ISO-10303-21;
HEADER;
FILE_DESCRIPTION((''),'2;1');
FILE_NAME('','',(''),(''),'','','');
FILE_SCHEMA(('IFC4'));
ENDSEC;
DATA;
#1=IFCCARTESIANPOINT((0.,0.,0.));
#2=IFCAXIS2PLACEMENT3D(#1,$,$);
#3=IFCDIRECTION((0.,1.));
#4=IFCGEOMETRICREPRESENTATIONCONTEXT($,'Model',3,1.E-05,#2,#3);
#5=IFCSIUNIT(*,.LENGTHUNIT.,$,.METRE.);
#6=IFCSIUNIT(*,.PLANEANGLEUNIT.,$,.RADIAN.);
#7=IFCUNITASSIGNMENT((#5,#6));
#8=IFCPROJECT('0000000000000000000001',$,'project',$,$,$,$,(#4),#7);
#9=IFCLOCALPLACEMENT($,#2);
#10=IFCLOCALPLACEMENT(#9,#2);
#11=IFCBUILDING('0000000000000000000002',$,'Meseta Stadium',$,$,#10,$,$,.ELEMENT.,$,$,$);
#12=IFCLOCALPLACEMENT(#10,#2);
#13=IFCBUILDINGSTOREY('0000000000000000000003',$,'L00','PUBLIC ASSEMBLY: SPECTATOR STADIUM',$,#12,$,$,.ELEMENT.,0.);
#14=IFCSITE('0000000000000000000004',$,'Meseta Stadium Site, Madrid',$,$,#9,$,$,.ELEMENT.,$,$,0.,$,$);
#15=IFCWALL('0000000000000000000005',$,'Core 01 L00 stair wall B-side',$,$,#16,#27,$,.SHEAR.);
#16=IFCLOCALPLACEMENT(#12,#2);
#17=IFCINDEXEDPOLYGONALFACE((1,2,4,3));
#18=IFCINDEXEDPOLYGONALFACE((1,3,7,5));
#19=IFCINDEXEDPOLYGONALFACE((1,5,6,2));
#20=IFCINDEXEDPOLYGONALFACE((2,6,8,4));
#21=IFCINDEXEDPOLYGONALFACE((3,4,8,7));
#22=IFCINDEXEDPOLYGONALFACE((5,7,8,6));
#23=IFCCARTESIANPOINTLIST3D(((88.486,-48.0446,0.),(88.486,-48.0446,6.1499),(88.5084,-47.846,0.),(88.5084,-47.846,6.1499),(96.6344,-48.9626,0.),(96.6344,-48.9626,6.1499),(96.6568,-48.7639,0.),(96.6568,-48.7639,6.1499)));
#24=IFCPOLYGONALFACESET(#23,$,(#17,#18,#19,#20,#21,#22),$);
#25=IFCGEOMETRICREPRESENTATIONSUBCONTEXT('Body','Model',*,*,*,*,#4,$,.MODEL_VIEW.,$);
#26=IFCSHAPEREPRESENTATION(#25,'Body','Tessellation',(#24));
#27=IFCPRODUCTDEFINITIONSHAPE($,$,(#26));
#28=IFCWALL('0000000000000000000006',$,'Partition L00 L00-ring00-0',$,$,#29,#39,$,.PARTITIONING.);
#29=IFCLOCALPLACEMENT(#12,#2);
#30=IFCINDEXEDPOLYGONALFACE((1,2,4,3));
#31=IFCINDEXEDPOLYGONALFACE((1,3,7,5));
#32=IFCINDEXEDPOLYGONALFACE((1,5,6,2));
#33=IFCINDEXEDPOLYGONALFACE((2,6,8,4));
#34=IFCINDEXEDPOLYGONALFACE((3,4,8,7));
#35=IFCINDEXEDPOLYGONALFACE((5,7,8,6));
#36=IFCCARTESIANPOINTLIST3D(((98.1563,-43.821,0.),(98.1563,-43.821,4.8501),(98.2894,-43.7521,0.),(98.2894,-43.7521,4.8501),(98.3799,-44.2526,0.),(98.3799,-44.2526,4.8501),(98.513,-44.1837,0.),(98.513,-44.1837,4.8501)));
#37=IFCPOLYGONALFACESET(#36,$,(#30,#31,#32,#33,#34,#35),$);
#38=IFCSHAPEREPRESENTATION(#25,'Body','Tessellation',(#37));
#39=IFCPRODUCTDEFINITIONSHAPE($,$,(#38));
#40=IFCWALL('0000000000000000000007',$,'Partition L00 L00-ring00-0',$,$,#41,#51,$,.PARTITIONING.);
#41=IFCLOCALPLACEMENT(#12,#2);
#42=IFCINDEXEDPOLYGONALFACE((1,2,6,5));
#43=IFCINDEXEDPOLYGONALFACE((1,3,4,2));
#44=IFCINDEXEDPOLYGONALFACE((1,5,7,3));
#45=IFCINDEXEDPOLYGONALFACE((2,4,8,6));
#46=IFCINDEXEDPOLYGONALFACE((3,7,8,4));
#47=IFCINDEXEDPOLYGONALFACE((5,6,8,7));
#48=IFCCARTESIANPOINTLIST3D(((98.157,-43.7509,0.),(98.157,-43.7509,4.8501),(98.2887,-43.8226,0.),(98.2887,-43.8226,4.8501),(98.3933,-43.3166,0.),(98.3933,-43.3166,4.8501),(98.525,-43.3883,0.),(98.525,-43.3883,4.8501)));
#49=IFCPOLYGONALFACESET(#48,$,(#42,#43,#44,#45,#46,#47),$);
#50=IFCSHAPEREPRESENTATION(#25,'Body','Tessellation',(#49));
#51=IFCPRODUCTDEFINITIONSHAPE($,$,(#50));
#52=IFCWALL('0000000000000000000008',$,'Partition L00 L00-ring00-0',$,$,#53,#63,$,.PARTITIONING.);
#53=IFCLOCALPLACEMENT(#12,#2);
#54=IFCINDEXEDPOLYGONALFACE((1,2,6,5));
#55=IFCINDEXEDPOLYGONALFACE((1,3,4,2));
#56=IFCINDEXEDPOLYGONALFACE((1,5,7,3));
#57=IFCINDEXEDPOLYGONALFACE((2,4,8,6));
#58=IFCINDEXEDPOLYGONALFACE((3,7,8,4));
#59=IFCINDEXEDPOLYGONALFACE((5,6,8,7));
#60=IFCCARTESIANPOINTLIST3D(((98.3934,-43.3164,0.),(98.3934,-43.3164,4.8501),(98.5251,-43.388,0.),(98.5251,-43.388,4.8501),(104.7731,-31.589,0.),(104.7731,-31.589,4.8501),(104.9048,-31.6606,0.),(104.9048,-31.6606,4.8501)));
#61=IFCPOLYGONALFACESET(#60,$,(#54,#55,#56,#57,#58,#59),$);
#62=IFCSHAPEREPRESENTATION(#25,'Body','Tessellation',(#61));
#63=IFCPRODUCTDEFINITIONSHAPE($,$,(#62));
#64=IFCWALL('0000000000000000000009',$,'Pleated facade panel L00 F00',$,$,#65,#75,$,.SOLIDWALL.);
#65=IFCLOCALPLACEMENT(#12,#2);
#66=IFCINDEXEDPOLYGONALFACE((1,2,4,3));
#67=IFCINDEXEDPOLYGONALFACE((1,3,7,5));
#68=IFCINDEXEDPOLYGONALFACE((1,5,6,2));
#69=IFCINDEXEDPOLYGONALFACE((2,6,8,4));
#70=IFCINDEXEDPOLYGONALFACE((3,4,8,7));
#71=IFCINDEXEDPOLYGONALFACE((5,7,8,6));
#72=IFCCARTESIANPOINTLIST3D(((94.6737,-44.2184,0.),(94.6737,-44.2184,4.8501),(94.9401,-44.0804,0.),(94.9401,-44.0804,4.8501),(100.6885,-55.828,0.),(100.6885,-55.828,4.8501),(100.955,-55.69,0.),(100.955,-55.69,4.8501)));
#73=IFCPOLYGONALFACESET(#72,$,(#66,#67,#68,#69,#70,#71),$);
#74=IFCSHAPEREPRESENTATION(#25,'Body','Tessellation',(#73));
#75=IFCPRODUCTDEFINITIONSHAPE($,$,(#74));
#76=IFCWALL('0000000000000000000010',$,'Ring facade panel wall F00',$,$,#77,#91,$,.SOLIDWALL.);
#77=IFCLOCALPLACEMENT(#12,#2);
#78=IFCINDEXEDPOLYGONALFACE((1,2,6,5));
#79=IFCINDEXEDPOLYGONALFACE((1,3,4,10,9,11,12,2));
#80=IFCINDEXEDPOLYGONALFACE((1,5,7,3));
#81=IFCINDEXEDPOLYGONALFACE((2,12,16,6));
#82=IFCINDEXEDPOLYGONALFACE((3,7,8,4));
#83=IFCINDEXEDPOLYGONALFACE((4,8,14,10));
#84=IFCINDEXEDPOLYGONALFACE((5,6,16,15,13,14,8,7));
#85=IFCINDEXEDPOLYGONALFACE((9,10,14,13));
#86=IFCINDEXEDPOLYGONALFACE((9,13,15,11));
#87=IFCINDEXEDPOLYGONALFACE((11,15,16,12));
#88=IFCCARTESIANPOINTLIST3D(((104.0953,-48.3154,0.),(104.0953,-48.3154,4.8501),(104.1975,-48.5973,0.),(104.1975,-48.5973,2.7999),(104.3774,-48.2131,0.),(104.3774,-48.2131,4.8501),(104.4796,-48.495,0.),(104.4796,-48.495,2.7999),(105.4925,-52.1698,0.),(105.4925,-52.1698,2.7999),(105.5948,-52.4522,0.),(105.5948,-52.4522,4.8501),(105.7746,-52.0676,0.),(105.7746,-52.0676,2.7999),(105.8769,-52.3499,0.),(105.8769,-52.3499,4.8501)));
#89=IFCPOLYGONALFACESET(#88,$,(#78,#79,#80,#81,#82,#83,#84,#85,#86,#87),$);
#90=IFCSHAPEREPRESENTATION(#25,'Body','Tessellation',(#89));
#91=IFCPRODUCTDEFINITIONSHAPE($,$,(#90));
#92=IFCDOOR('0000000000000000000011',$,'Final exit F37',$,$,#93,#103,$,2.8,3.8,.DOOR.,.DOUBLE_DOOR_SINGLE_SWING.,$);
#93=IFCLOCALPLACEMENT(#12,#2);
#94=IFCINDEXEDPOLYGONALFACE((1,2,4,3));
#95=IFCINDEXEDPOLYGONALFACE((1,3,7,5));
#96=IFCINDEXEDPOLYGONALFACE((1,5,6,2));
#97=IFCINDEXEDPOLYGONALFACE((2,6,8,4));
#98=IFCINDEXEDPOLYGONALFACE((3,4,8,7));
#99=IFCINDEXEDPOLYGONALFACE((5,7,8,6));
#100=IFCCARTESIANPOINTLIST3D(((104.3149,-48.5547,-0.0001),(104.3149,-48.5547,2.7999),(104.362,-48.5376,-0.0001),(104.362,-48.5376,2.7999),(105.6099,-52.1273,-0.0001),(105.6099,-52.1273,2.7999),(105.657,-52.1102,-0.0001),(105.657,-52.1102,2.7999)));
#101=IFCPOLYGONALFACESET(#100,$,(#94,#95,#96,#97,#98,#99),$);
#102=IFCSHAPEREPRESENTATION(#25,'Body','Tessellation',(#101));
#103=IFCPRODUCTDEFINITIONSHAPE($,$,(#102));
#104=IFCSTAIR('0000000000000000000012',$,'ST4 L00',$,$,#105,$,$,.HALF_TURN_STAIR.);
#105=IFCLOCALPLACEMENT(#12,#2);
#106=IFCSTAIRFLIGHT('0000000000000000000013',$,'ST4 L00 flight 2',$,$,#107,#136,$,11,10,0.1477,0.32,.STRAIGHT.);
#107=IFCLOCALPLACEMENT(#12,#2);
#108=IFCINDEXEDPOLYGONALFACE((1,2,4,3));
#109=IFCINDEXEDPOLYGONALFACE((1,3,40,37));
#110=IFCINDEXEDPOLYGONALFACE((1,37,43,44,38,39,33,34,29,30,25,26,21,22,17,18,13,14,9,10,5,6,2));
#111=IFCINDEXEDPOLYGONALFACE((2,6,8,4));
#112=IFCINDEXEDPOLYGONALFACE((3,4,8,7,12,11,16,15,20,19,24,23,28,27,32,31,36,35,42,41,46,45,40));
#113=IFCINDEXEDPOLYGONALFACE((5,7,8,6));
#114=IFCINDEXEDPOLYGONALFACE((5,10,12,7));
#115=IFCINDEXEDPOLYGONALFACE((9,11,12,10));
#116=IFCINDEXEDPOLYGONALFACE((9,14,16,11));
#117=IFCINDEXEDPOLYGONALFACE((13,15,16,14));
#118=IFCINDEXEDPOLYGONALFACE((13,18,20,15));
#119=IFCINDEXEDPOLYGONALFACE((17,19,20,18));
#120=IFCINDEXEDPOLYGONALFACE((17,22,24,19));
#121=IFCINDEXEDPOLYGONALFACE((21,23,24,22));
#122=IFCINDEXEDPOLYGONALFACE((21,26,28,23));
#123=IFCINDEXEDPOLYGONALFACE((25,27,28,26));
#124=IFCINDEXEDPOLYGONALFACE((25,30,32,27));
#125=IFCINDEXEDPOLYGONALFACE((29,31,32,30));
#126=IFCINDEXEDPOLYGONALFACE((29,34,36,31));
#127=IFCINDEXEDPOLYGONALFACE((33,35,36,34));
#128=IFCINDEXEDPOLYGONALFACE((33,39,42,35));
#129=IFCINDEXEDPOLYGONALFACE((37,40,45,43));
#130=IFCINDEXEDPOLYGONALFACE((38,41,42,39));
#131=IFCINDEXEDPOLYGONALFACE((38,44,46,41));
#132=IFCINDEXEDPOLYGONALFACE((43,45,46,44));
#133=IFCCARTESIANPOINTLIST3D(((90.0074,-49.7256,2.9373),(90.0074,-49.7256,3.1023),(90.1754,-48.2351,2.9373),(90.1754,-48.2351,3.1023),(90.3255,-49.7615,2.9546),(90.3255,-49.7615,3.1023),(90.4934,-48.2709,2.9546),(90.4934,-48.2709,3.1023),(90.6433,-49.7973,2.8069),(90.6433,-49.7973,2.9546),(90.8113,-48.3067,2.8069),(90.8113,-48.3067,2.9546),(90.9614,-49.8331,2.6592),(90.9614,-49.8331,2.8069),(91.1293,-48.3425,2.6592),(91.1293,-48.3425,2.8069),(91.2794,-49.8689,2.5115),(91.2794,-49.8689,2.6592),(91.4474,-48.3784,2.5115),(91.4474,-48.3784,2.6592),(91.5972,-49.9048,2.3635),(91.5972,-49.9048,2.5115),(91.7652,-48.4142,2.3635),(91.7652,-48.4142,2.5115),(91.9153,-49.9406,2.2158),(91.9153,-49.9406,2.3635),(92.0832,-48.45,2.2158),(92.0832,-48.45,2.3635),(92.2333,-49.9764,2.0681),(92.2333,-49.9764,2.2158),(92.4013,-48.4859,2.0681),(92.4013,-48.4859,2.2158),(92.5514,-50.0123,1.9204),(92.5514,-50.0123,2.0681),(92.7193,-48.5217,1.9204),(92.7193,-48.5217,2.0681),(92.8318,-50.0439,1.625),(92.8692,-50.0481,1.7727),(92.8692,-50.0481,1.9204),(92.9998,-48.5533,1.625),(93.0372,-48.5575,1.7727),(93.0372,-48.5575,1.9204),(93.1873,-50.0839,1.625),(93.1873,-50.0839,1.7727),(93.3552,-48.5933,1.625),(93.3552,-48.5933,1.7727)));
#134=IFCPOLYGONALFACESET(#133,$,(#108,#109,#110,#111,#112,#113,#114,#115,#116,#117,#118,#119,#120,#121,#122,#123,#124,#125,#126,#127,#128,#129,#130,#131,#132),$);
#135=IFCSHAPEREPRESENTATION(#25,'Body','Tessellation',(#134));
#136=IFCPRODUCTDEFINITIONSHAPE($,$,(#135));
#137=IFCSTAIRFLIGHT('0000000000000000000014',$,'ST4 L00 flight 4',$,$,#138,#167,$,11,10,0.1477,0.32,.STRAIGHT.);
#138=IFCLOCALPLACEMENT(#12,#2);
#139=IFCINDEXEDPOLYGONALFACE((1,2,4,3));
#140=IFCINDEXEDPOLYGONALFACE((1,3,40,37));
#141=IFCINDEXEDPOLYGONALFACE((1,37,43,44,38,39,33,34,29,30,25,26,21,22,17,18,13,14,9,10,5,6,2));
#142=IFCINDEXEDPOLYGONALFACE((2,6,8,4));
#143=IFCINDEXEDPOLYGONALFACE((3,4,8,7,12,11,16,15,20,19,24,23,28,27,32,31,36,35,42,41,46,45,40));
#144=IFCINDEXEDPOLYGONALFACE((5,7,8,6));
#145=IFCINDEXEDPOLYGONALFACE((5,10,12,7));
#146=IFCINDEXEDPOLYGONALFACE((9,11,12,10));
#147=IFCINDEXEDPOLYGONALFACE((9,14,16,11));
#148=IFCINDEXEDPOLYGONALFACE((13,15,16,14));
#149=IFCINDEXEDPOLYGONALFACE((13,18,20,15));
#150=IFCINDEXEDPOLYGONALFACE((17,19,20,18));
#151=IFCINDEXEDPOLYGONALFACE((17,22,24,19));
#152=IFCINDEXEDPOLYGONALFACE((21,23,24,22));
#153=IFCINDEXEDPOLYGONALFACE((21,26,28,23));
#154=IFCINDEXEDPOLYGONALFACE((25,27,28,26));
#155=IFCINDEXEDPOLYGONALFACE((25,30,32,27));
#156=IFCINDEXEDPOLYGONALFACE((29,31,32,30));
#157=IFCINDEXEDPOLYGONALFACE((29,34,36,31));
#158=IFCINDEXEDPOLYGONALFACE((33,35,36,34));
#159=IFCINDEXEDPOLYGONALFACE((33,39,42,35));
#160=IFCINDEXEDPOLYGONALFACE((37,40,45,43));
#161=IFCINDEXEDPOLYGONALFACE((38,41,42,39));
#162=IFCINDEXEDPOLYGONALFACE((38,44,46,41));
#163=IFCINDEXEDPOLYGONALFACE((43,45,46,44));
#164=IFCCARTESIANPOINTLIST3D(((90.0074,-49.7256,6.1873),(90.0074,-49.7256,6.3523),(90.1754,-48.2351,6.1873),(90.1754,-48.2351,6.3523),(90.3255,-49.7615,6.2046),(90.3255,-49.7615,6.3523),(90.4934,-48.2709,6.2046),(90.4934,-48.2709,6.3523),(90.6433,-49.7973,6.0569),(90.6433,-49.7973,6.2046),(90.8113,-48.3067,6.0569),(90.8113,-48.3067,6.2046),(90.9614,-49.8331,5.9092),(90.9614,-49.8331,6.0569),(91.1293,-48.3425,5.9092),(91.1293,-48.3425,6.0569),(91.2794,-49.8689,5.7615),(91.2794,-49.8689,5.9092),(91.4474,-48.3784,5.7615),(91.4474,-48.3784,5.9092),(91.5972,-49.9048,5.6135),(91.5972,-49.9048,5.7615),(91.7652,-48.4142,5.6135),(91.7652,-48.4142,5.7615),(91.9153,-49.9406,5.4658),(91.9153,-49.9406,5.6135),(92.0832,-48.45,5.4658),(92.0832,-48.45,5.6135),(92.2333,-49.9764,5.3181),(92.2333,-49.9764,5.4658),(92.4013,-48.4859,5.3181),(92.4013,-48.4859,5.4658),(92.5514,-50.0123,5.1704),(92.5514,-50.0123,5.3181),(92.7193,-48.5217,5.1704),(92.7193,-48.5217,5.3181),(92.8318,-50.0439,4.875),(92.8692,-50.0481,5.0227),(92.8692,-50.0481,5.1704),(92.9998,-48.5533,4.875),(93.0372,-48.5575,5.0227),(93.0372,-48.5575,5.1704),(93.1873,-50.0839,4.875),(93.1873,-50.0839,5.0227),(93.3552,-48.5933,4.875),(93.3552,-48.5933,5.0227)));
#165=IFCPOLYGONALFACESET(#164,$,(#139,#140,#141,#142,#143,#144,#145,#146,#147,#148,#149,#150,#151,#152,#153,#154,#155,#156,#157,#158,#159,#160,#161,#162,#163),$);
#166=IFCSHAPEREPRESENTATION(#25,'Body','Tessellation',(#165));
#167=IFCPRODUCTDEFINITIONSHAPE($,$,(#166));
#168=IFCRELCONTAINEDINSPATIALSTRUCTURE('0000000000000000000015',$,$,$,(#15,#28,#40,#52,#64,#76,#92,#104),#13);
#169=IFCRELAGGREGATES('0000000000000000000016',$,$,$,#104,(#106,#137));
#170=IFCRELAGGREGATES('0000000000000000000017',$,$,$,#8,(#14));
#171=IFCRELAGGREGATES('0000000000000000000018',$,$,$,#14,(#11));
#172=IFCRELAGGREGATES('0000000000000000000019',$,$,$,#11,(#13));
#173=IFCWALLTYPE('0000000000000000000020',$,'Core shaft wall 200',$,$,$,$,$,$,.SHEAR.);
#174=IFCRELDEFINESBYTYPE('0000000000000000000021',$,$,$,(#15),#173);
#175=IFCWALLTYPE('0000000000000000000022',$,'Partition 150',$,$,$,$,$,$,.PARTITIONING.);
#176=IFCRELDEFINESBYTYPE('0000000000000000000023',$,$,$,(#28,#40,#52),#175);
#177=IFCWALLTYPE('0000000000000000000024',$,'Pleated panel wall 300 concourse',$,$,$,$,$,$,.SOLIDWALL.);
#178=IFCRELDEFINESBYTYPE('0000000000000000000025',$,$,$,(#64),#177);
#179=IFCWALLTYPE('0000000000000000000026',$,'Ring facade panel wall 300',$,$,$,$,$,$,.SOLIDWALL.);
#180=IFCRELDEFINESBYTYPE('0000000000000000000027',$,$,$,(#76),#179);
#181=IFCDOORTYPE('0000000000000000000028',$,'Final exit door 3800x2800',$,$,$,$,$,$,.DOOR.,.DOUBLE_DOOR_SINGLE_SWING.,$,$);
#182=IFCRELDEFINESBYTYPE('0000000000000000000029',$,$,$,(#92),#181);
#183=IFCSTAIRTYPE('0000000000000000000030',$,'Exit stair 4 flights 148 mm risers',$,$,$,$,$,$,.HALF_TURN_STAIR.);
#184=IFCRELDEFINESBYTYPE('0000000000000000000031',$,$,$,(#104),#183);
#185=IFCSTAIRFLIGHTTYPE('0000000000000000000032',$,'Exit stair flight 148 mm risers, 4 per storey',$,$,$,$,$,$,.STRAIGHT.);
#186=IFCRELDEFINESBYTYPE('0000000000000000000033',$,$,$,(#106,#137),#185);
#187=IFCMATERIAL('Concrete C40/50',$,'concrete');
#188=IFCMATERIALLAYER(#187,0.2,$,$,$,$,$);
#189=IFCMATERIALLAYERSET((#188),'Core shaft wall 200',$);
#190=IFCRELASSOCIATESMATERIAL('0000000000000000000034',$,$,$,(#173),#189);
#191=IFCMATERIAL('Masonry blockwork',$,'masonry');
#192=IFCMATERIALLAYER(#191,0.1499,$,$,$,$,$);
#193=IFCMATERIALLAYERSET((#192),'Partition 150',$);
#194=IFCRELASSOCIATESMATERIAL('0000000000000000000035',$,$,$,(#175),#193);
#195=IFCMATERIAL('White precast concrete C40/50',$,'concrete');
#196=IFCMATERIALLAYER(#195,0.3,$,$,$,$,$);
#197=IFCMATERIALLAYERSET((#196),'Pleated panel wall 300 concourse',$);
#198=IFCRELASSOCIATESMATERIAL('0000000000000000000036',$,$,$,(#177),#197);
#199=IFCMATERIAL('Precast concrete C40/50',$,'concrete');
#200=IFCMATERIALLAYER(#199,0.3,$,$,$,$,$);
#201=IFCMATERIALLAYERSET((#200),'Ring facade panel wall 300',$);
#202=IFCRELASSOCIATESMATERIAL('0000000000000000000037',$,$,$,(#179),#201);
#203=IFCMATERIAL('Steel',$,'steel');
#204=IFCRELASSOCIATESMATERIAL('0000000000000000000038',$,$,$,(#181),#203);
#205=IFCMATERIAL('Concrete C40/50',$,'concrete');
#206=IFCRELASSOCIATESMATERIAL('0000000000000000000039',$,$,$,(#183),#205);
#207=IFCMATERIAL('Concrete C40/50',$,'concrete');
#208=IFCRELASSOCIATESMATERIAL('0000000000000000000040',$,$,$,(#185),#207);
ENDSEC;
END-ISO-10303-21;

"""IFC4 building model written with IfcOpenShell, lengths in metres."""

from ifc_helpers import new_model, si_unit, direction, frame, frame_2d, origin, place, context, subcontext, project, spatial, polyline, rectangle, outline, extrude, material, layer, layer_set, type_object, element, fill, aggregate, save


model = new_model("IFC4")

# Units and contexts
model_context = context("Model", 3, precision=1e-05, world=origin(), true_north=direction((0.0, 1.0)))
body_context = subcontext(model_context, "Body", "Model", "MODEL_VIEW")
ifc_project = project(units=[si_unit("LENGTHUNIT", "METRE"), si_unit("PLANEANGLEUNIT", "RADIAN")], contexts=[model_context])

# Site, building, storey
site_placement = place(None, origin())
site = spatial("IfcSite", under=ifc_project, at=site_placement, Name="Meseta Stadium Site, Madrid", CompositionType="ELEMENT", RefElevation=0.0)
building_placement = place(site_placement, origin())
building = spatial("IfcBuilding", under=site, at=building_placement, Name="Meseta Stadium", CompositionType="ELEMENT")
storey_placement = place(building_placement, origin())
storey = spatial("IfcBuildingStorey", under=building, at=storey_placement, Name="L00", Description="PUBLIC ASSEMBLY: SPECTATOR STADIUM", CompositionType="ELEMENT", Elevation=0.0)

# Walls
ifc_material_1 = material(Name="Concrete C40/50", Category="concrete")
ifc_layer_1 = layer(ifc_material_1, 0.2)
ifc_layer_set_1 = layer_set([ifc_layer_1], Name="Core shaft wall 200")
wall_type_1 = type_object("IfcWallType", Name="Core shaft wall 200", PredefinedType="SHEAR", material=ifc_layer_set_1)
wall_1_placement = place(storey_placement, frame((96.6458, -48.8633, 0.0), z_axis=(0.0, 0.0, 1.0), x_axis=(-0.993714, 0.111948, 0.0)))
element("IfcWall", 1, at=wall_1_placement, inside=storey, type_object=wall_type_1, Name="Core 01 L00 stair wall B-side", PredefinedType="SHEAR", context=body_context, shape_type="SweptSolid", body=[
    extrude(rectangle(XDim=8.2, YDim=0.2, at=frame_2d((4.1001, 0.0))), origin(), (0.0, 0.0, 1.0), 6.1499),
])
ifc_material_2 = material(Name="Masonry blockwork", Category="masonry")
ifc_layer_2 = layer(ifc_material_2, 0.1499)
ifc_layer_set_2 = layer_set([ifc_layer_2], Name="Partition 150")
wall_type_2 = type_object("IfcWallType", Name="Partition 150", PredefinedType="PARTITIONING", material=ifc_layer_set_2)
wall_2_placement = place(storey_placement, frame((98.4465, -44.2183, 0.0), z_axis=(0.0, 0.0, 1.0), x_axis=(-0.460024, 0.887907, 0.0)))
element("IfcWall", 2, at=wall_2_placement, inside=storey, type_object=wall_type_2, Name="Partition L00 L00-ring00-0", PredefinedType="PARTITIONING", context=body_context, shape_type="SweptSolid", body=[
    extrude(rectangle(XDim=0.4861, YDim=0.1499, at=frame_2d((0.2432, 0.0))), origin(), (0.0, 0.0, 1.0), 4.8501),
])
wall_3_placement = place(storey_placement, frame((98.2229, -43.7866, 0.0), z_axis=(0.0, 0.0, 1.0), x_axis=(0.477952, 0.878386, 0.0)))
element("IfcWall", 3, at=wall_3_placement, inside=storey, type_object=wall_type_2, Name="Partition L00 L00-ring00-0", PredefinedType="PARTITIONING", context=body_context, shape_type="SweptSolid", body=[
    extrude(rectangle(XDim=0.4944, YDim=0.1499, at=frame_2d((0.2471, 0.0))), origin(), (0.0, 0.0, 1.0), 4.8501),
])
wall_4_placement = place(storey_placement, frame((98.4592, -43.3523, 0.0), z_axis=(0.0, 0.0, 1.0), x_axis=(0.477867, 0.878432, 0.0)))
element("IfcWall", 4, at=wall_4_placement, inside=storey, type_object=wall_type_2, Name="Partition L00 L00-ring00-0", PredefinedType="PARTITIONING", context=body_context, shape_type="SweptSolid", body=[
    extrude(rectangle(XDim=13.3503, YDim=0.1499, at=frame_2d((6.6753, 0.0))), origin(), (0.0, 0.0, 1.0), 4.8501),
])
ifc_material_3 = material(Name="White precast concrete C40/50", Category="concrete")
ifc_layer_3 = layer(ifc_material_3, 0.3)
ifc_layer_set_3 = layer_set([ifc_layer_3], Name="Pleated panel wall 300 concourse")
wall_type_3 = type_object("IfcWallType", Name="Pleated panel wall 300 concourse", PredefinedType="SOLIDWALL", material=ifc_layer_set_3)
wall_5_placement = place(storey_placement, frame((94.8069, -44.1494, 0.0), z_axis=(0.0, 0.0, 1.0), x_axis=(0.460021, -0.887908, 0.0)))
element("IfcWall", 5, at=wall_5_placement, inside=storey, type_object=wall_type_3, Name="Pleated facade panel L00 F00", PredefinedType="SOLIDWALL", context=body_context, shape_type="SweptSolid", body=[
    extrude(rectangle(XDim=13.0752, YDim=0.3, at=frame_2d((6.5376, 0.0))), origin(), (0.0, 0.0, 1.0), 4.8501),
])

# Wall, opening, door
ifc_material_4 = material(Name="Precast concrete C40/50", Category="concrete")
ifc_layer_4 = layer(ifc_material_4, 0.3)
ifc_layer_set_4 = layer_set([ifc_layer_4], Name="Ring facade panel wall 300")
wall_type_4 = type_object("IfcWallType", Name="Ring facade panel wall 300", PredefinedType="SOLIDWALL", material=ifc_layer_set_4)
wall_6_placement = place(storey_placement, frame((104.2363, -48.2642, 0.0), z_axis=(0.0, 0.0, 1.0), x_axis=(0.34079, -0.94014, 0.0)))
wall_6 = element("IfcWall", 6, at=wall_6_placement, inside=storey, type_object=wall_type_4, Name="Ring facade panel wall F00", PredefinedType="SOLIDWALL", context=body_context, shape_type="SweptSolid", body=[
    extrude(rectangle(XDim=4.4001, YDim=0.3, at=frame_2d((2.2002, 0.0))), origin(), (0.0, 0.0, 1.0), 4.8501),
])
opening_placement = place(wall_6_placement, frame((0.3, 0.0, 0.0)))
opening = element("IfcOpeningElement", 7, at=opening_placement, cuts=wall_6, PredefinedType="OPENING", context=body_context, shape_type="SweptSolid", body=[
    extrude(rectangle(XDim=3.8, YDim=2.8, at=frame_2d((1.8999, 1.3999))), frame((0.0, 0.1599, 0.0), z_axis=(0.0, -1.0, 0.0), x_axis=(1.0, 0.0, 0.0)), (0.0, 0.0, 1.0), 0.3201),
])
ifc_material_5 = material(Name="Steel", Category="steel")
door_type = type_object("IfcDoorType", Name="Final exit door 3800x2800", OperationType="DOUBLE_DOOR_SINGLE_SWING", PredefinedType="DOOR", material=ifc_material_5)
door_placement = place(opening_placement, origin())
door = element("IfcDoor", 8, at=door_placement, inside=storey, type_object=door_type, Name="Final exit F37", OperationType="DOUBLE_DOOR_SINGLE_SWING", OverallHeight=2.8, OverallWidth=3.8, PredefinedType="DOOR", context=body_context, shape_type="SweptSolid", body=[
    extrude(rectangle(XDim=3.8, YDim=2.8, at=frame_2d((1.8999, 1.3999))), frame((0.0, 0.0249, 0.0), z_axis=(0.0, -1.0, 0.0), x_axis=(1.0, 0.0, 0.0)), (0.0, 0.0, 1.0), 0.05),
])
fill(opening, door)

# Stair, stair flights
ifc_material_6 = material(Name="Concrete C40/50", Category="concrete")
stair_type = type_object("IfcStairType", Name="Exit stair 4 flights 148 mm risers", PredefinedType="HALF_TURN_STAIR", material=ifc_material_6)
stair_placement = place(storey_placement, origin())
stair = element("IfcStair", 9, at=stair_placement, inside=storey, type_object=stair_type, Name="ST4 L00", PredefinedType="HALF_TURN_STAIR")
ifc_material_7 = material(Name="Concrete C40/50", Category="concrete")
stair_flight_type = type_object("IfcStairFlightType", Name="Exit stair flight 148 mm risers, 4 per storey", PredefinedType="STRAIGHT", material=ifc_material_7)
stair_flight_1_placement = place(storey_placement, frame((93.2712, -49.3386, 1.625), z_axis=(0.0, 0.0, 1.0), x_axis=(-0.993712, 0.111964, 0.0)))
stair_flight_1 = element("IfcStairFlight", 10, at=stair_flight_1_placement, type_object=stair_flight_type, Name="ST4 L00 flight 2", NumberOfRisers=11, NumberOfTreads=10, PredefinedType="STRAIGHT", RiserHeight=0.1477, TreadLength=0.32, context=body_context, shape_type="SweptSolid", body=[
    extrude(outline(polyline([(0.0, 0.0), (0.0, 0.1477), (0.3201, 0.1477), (0.3201, 0.2954), (0.6399, 0.2954), (0.6399, 0.4431), (0.96, 0.4431), (0.96, 0.5908), (1.28, 0.5908), (1.28, 0.7385), (1.6001, 0.7385), (1.6001, 0.8865), (1.9199, 0.8865), (1.9199, 1.0342), (2.24, 1.0342), (2.24, 1.1819), (2.5601, 1.1819), (2.5601, 1.3296), (2.8799, 1.3296), (2.8799, 1.4773), (3.2, 1.4773), (3.2, 1.3123), (0.3577, 0.0), (0.0, 0.0)])), frame((0.0, 0.75, 0.0), z_axis=(0.0, -1.0, 0.0), x_axis=(1.0, 0.0, 0.0)), (0.0, 0.0, 1.0), 1.5),
])
stair_flight_2_placement = place(storey_placement, frame((93.2712, -49.3386, 4.875), z_axis=(0.0, 0.0, 1.0), x_axis=(-0.993712, 0.111964, 0.0)))
stair_flight_2 = element("IfcStairFlight", 11, at=stair_flight_2_placement, type_object=stair_flight_type, Name="ST4 L00 flight 4", NumberOfRisers=11, NumberOfTreads=10, PredefinedType="STRAIGHT", RiserHeight=0.1477, TreadLength=0.32, context=body_context, shape_type="SweptSolid", body=[
    extrude(outline(polyline([(0.0, 0.0), (0.0, 0.1477), (0.3201, 0.1477), (0.3201, 0.2954), (0.6399, 0.2954), (0.6399, 0.4431), (0.96, 0.4431), (0.96, 0.5908), (1.28, 0.5908), (1.28, 0.7385), (1.6001, 0.7385), (1.6001, 0.8865), (1.9199, 0.8865), (1.9199, 1.0342), (2.24, 1.0342), (2.24, 1.1819), (2.5601, 1.1819), (2.5601, 1.3296), (2.8799, 1.3296), (2.8799, 1.4773), (3.2, 1.4773), (3.2, 1.3123), (0.3577, 0.0), (0.0, 0.0)])), frame((0.0, 0.75, 0.0), z_axis=(0.0, -1.0, 0.0), x_axis=(1.0, 0.0, 0.0)), (0.0, 0.0, 1.0), 1.5),
])
aggregate(stair, [stair_flight_1, stair_flight_2])

save(model, "model.ifc")
